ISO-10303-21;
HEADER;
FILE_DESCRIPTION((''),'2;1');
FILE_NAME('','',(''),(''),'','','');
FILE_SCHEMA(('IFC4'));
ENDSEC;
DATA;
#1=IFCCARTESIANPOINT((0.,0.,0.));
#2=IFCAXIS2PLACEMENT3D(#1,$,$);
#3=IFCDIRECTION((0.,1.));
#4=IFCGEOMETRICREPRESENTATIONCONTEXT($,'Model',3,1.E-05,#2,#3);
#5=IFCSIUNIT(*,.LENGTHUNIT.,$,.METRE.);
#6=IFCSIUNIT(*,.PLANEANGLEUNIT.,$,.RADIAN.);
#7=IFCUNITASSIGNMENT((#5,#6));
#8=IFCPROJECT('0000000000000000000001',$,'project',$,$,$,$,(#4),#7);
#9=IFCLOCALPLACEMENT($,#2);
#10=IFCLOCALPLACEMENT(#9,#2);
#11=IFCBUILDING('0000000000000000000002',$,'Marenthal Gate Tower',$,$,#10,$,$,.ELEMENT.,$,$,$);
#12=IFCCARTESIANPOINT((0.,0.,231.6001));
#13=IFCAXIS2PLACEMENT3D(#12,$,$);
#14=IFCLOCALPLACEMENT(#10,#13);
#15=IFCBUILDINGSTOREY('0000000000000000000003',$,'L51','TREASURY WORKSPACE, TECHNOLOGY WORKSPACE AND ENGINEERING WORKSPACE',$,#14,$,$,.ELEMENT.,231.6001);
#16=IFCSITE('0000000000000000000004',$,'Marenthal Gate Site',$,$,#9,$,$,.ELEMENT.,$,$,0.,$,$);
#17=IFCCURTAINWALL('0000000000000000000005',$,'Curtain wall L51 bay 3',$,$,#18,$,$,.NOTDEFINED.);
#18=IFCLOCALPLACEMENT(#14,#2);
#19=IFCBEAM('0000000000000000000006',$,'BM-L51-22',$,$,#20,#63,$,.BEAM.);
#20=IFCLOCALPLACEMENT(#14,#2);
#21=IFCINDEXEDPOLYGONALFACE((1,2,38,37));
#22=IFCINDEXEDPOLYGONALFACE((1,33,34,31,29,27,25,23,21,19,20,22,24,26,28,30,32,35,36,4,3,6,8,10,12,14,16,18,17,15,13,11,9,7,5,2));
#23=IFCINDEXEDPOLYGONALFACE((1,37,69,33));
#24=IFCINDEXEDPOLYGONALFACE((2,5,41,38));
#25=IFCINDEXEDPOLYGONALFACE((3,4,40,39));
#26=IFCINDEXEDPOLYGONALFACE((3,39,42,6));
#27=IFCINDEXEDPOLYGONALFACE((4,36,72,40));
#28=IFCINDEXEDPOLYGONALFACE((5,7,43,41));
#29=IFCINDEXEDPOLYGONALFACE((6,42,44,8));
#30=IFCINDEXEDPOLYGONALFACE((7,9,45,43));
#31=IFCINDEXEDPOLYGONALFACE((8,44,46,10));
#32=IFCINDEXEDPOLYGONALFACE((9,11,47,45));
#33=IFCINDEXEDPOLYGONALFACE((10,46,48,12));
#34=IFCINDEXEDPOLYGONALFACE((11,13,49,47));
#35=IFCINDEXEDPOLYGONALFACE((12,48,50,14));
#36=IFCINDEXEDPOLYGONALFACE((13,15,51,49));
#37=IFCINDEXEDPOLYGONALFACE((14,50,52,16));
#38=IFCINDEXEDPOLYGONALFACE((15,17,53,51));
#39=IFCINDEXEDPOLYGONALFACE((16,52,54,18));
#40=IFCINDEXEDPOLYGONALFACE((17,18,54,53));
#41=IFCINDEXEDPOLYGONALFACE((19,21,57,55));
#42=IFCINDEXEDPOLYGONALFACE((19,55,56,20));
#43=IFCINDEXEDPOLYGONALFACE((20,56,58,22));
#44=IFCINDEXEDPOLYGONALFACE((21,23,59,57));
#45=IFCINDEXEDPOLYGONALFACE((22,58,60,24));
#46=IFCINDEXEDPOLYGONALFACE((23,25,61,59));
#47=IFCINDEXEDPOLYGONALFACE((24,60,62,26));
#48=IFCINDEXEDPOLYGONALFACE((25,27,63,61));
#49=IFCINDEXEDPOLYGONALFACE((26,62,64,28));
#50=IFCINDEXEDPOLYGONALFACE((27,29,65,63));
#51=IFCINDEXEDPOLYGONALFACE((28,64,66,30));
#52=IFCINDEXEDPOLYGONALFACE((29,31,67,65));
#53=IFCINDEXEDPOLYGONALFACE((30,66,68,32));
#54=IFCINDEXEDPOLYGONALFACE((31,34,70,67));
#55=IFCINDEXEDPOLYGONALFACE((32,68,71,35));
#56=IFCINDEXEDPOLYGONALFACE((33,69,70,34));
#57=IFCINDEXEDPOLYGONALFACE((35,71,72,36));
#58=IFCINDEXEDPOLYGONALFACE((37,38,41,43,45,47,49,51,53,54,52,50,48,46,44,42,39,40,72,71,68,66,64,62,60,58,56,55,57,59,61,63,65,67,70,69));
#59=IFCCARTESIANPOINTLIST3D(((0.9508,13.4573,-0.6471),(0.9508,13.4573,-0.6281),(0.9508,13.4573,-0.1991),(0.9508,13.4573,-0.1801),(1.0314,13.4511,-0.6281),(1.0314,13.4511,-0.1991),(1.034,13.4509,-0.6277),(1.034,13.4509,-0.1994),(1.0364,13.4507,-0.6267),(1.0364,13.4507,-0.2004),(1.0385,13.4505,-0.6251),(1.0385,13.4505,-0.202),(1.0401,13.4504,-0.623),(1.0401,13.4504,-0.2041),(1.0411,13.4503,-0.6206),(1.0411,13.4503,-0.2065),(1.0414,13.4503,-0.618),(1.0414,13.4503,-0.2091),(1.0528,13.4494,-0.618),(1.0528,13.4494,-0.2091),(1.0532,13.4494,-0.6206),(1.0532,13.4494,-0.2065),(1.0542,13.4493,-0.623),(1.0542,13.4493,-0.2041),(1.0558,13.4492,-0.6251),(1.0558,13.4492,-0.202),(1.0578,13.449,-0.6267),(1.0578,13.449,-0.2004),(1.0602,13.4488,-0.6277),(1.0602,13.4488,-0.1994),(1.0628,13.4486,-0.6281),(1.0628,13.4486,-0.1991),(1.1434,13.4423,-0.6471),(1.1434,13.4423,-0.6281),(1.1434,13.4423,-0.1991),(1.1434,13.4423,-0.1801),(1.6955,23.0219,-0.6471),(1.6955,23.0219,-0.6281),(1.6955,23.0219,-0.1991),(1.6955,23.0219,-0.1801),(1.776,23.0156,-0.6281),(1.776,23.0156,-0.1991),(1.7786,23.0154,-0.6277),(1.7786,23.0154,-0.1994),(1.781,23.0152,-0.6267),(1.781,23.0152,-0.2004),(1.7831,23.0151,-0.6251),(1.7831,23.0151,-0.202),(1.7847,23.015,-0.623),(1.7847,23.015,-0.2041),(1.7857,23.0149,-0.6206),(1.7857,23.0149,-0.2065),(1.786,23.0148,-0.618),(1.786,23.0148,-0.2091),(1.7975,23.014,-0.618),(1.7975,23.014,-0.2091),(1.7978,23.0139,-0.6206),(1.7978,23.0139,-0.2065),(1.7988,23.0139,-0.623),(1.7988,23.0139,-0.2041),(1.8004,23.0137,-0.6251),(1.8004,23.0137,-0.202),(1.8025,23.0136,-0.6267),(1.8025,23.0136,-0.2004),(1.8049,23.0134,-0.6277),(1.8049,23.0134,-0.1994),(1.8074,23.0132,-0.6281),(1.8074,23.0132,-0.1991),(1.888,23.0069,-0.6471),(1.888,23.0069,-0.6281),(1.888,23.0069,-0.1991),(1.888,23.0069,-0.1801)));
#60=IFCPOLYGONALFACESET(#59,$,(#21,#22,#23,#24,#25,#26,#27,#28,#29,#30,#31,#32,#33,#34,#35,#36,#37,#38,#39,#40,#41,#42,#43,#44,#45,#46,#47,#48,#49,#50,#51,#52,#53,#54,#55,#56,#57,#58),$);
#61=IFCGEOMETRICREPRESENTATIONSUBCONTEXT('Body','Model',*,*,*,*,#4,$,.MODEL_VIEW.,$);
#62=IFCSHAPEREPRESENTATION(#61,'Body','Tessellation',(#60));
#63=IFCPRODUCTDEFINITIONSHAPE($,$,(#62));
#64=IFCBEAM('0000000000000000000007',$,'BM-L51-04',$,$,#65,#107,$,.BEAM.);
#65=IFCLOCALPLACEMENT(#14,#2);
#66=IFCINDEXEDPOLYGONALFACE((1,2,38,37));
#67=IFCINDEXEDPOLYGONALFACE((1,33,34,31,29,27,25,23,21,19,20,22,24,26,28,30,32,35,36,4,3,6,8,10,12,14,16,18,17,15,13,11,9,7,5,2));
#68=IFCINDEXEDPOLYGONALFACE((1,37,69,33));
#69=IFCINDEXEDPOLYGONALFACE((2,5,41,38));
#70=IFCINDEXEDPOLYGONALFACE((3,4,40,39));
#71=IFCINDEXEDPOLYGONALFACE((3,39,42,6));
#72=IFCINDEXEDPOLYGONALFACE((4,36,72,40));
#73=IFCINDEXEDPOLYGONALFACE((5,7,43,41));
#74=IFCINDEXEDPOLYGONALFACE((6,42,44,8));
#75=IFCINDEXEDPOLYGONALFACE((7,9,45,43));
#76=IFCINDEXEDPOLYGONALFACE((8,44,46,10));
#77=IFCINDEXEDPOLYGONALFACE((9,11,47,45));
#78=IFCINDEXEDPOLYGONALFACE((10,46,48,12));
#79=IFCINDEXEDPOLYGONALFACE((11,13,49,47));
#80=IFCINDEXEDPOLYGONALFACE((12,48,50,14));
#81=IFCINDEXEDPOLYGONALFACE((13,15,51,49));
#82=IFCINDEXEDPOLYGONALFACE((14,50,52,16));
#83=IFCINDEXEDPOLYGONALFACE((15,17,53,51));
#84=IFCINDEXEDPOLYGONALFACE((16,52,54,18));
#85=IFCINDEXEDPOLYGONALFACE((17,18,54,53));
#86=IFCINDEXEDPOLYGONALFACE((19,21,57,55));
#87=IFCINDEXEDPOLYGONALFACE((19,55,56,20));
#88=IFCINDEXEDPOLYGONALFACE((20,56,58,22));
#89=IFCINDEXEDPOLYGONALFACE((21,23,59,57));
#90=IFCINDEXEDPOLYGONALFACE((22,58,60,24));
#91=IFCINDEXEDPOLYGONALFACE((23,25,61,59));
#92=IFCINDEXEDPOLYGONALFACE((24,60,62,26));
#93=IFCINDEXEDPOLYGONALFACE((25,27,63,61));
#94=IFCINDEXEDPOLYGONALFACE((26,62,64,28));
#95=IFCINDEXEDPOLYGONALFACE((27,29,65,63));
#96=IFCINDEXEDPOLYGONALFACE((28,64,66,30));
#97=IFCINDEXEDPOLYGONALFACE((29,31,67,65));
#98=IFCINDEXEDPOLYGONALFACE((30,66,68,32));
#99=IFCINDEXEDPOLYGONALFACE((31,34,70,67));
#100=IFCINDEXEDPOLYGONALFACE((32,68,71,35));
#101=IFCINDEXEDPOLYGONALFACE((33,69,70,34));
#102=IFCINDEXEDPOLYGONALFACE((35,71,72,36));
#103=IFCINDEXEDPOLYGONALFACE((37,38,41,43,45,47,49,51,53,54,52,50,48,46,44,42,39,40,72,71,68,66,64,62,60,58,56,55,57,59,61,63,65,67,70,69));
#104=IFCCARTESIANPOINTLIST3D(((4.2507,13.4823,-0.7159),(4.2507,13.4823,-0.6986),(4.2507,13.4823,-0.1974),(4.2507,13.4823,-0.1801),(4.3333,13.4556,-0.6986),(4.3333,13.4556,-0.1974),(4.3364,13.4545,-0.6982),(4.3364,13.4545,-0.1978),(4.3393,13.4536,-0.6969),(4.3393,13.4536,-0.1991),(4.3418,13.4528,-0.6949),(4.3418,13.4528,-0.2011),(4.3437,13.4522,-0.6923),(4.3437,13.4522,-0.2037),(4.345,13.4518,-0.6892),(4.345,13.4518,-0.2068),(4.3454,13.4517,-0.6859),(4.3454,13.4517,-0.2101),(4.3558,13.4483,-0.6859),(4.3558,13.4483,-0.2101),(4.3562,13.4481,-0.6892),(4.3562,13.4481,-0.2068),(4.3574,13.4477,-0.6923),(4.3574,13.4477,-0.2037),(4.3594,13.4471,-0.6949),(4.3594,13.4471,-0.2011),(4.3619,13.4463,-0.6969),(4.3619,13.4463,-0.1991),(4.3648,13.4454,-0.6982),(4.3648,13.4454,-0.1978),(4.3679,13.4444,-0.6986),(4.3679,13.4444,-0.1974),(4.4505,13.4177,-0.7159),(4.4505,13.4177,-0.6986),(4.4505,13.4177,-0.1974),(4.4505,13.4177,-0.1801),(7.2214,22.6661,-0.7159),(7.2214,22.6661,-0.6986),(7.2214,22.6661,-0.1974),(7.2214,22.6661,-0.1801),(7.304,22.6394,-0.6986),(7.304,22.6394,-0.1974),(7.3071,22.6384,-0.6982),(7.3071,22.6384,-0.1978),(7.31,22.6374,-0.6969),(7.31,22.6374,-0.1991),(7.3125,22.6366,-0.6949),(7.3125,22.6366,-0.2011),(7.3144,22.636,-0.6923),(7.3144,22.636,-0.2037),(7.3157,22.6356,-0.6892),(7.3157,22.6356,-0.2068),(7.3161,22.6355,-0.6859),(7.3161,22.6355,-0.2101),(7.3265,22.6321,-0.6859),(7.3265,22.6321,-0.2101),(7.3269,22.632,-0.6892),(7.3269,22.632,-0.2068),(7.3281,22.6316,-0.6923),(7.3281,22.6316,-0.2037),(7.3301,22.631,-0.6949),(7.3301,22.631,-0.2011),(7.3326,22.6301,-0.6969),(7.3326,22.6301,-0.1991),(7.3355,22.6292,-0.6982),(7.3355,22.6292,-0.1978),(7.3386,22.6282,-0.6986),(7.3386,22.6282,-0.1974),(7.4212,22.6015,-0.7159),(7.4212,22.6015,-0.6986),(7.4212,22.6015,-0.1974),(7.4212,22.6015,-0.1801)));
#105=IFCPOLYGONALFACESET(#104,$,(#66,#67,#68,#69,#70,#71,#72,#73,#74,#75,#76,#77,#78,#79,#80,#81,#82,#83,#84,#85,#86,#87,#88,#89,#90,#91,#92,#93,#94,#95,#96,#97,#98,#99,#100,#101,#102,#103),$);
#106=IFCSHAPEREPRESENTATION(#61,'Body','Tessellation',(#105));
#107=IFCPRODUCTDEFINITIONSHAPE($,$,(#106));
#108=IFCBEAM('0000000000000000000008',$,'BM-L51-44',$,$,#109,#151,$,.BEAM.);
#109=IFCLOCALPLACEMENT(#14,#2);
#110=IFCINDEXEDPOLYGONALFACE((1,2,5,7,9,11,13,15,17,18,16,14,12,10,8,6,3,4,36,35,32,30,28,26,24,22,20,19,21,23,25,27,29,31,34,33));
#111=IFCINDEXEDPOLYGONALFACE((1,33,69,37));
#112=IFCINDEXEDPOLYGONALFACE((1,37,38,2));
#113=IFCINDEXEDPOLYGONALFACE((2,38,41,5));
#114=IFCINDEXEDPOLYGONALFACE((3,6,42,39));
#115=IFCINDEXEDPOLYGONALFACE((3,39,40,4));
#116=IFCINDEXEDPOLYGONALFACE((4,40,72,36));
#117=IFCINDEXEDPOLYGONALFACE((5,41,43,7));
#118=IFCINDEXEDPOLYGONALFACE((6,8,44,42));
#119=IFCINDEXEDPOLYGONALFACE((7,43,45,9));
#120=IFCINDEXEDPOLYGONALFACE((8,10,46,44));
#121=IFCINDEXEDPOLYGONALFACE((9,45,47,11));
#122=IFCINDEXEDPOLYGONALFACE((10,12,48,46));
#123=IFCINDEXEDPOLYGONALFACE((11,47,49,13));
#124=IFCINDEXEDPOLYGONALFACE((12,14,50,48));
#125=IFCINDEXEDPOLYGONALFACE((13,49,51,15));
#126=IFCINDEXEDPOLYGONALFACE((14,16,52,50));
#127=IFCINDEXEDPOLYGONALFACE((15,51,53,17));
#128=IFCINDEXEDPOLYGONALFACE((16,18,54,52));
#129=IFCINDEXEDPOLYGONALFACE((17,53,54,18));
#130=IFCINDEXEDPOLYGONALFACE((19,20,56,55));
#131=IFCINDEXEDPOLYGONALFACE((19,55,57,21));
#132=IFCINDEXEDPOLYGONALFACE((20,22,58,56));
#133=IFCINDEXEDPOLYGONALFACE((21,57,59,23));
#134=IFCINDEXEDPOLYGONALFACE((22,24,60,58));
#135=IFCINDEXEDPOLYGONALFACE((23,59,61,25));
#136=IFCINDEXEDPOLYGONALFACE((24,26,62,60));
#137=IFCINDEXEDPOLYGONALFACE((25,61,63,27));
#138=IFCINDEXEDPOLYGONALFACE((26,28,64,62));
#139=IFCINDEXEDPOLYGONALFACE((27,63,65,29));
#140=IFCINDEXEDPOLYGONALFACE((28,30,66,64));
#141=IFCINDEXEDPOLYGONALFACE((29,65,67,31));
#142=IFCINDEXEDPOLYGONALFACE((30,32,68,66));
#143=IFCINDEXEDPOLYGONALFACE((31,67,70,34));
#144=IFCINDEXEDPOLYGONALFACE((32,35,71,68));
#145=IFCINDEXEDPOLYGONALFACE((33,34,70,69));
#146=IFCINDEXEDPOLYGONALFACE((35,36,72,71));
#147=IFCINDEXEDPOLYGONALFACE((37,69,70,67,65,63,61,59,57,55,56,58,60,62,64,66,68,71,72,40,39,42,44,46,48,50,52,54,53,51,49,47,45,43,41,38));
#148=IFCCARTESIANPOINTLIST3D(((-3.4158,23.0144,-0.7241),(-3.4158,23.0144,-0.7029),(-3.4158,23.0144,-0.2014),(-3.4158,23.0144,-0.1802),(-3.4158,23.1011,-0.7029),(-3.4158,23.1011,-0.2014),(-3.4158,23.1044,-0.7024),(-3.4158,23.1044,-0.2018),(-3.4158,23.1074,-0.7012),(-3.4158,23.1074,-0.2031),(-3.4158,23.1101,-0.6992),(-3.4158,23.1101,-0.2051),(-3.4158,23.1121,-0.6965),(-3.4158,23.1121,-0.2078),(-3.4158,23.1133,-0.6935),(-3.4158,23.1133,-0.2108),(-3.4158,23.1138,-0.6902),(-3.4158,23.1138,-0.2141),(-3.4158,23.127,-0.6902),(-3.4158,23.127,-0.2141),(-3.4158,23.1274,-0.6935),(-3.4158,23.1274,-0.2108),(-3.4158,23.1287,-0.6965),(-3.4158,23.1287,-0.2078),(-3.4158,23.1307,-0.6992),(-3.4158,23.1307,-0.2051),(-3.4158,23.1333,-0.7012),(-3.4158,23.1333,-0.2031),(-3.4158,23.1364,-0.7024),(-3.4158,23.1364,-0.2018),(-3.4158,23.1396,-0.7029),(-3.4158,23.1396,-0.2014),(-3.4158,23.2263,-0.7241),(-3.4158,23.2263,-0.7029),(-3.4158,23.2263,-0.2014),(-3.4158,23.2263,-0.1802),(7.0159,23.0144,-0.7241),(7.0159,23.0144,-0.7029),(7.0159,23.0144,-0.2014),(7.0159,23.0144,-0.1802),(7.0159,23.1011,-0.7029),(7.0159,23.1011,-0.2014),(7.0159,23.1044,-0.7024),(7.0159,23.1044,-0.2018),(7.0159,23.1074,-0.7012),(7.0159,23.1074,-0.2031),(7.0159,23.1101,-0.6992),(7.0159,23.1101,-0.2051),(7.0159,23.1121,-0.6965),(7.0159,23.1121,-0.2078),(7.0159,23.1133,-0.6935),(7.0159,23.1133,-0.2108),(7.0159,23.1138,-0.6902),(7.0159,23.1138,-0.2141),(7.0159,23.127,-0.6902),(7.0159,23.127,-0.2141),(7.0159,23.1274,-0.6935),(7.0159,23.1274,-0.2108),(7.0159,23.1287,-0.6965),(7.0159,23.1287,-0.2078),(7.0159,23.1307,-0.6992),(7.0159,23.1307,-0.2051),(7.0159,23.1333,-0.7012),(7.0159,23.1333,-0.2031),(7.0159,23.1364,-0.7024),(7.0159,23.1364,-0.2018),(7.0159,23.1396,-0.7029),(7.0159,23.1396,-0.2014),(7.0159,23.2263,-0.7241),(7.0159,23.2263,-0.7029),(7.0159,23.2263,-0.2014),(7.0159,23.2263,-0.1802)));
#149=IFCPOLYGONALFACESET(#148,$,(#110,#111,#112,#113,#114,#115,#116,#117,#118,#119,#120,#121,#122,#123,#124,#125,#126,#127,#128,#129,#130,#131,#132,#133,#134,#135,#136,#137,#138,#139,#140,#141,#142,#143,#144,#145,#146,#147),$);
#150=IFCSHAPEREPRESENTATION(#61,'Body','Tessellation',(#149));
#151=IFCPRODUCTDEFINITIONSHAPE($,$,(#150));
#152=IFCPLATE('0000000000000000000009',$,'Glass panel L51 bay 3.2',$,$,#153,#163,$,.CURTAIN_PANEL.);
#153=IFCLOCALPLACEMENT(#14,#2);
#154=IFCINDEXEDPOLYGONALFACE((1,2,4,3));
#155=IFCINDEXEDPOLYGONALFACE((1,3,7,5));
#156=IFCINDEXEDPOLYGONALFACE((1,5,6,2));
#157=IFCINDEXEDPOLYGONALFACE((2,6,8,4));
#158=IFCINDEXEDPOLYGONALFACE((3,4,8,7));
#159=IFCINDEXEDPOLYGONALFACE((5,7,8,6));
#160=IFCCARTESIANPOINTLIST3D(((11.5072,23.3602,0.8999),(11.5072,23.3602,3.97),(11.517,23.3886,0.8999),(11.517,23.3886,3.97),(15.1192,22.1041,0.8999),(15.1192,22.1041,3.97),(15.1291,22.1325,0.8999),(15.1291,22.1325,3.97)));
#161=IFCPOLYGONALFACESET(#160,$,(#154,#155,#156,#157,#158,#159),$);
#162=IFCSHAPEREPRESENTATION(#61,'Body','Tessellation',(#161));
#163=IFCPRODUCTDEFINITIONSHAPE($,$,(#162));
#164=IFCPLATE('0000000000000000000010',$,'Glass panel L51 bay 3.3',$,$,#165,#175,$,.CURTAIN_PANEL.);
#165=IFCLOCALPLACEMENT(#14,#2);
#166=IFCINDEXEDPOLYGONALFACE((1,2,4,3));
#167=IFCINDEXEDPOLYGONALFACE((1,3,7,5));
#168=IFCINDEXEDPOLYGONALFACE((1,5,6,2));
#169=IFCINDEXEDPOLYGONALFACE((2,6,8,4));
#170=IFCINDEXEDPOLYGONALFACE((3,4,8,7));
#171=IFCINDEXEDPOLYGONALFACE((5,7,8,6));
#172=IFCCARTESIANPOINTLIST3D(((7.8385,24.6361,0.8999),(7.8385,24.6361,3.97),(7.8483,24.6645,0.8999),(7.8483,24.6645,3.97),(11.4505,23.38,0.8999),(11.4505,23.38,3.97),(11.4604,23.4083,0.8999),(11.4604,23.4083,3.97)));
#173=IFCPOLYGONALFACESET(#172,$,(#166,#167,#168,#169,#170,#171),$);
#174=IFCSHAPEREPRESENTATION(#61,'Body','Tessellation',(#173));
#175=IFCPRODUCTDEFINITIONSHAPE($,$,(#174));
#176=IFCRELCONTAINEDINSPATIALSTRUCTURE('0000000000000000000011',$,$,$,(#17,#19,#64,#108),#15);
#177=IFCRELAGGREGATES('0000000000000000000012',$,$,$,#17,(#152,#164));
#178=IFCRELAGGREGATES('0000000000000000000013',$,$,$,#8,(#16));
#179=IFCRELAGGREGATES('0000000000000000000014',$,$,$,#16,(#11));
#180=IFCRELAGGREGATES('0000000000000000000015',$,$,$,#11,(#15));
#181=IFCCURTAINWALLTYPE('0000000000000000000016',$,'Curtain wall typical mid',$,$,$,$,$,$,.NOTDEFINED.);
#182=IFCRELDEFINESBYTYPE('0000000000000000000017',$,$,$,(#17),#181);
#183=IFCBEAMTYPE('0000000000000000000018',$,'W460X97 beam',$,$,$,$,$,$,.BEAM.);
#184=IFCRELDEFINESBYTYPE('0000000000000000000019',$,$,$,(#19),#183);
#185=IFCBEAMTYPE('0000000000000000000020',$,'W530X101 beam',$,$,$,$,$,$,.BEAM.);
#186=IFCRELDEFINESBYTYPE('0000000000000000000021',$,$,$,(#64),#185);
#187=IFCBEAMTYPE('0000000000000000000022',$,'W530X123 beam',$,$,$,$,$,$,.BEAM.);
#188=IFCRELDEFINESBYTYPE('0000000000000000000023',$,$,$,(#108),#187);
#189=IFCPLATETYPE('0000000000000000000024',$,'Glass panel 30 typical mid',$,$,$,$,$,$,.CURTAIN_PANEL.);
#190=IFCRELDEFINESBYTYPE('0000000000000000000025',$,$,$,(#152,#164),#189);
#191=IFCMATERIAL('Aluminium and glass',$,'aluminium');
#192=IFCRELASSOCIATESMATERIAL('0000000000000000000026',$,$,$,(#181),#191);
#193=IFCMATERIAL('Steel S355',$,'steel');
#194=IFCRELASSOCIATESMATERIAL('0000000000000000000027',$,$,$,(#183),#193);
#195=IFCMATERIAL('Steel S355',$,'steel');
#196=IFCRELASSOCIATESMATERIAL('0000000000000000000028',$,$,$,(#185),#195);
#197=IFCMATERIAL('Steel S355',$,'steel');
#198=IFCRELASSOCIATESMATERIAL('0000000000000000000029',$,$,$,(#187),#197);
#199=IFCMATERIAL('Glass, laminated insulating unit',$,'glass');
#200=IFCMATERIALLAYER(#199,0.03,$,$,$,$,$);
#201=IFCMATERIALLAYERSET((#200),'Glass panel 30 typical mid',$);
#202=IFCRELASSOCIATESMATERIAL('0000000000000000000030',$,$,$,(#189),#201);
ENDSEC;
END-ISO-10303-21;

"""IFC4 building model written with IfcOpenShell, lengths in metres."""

from ifc_helpers import new_model, si_unit, direction, frame, origin, origin_2d, place, context, subcontext, project, spatial, rectangle, i_section, extrude, material, layer, layer_set, material_profile, profile_set, type_object, element, aggregate, save


model = new_model("IFC4")

# Units and contexts
model_context = context("Model", 3, precision=1e-05, world=origin(), true_north=direction((0.0, 1.0)))
body_context = subcontext(model_context, "Body", "Model", "MODEL_VIEW")
ifc_project = project(units=[si_unit("LENGTHUNIT", "METRE"), si_unit("PLANEANGLEUNIT", "RADIAN")], contexts=[model_context])

# Site, building, storey
site_placement = place(None, origin())
site = spatial("IfcSite", under=ifc_project, at=site_placement, Name="Marenthal Gate Site", CompositionType="ELEMENT", RefElevation=0.0)
building_placement = place(site_placement, origin())
building = spatial("IfcBuilding", under=site, at=building_placement, Name="Marenthal Gate Tower", CompositionType="ELEMENT")
storey_placement = place(building_placement, frame((0.0, 0.0, 231.6001)))
storey = spatial("IfcBuildingStorey", under=building, at=storey_placement, Name="L51", Description="TREASURY WORKSPACE, TECHNOLOGY WORKSPACE AND ENGINEERING WORKSPACE", CompositionType="ELEMENT", Elevation=231.6001)

# Curtain wall
ifc_material_1 = material(Name="Aluminium and glass", Category="aluminium")
curtain_wall_type = type_object("IfcCurtainWallType", Name="Curtain wall typical mid", PredefinedType="NOTDEFINED", material=ifc_material_1)
curtain_wall_placement = place(storey_placement, origin())
curtain_wall = element("IfcCurtainWall", 1, at=curtain_wall_placement, inside=storey, type_object=curtain_wall_type, Name="Curtain wall L51 bay 3", PredefinedType="NOTDEFINED")

# Beams
ifc_material_2 = material(Name="Steel S355", Category="steel")
ifc_material_profile_1 = material_profile(ifc_material_2, i_section(OverallWidth=0.1931, OverallDepth=0.467, WebThickness=0.0115, FlangeThickness=0.019, FilletRadius=0.01, at=origin_2d()), Name="W460X97")
ifc_profile_set_1 = profile_set([ifc_material_profile_1], Name="Steel S355")
beam_type_1 = type_object("IfcBeamType", Name="W460X97 beam", PredefinedType="BEAM", material=ifc_profile_set_1)
beam_1_placement = place(storey_placement, frame((1.7917, 23.0144, -0.4136), z_axis=(-0.077619, -0.996983, 0.0), x_axis=(0.996983, -0.077619, 0.0)))
element("IfcBeam", 2, at=beam_1_placement, inside=storey, type_object=beam_type_1, Name="BM-L51-22", PredefinedType="BEAM", context=body_context, shape_type="SweptSolid", body=[
    extrude(i_section(OverallWidth=0.1931, OverallDepth=0.467, WebThickness=0.0115, FlangeThickness=0.019, FilletRadius=0.01, at=origin_2d()), origin(), (0.0, 0.0, 1.0), 9.5935),
])
ifc_material_3 = material(Name="Steel S355", Category="steel")
ifc_material_profile_2 = material_profile(ifc_material_3, i_section(OverallWidth=0.21, OverallDepth=0.5359, WebThickness=0.011, FlangeThickness=0.0173, FilletRadius=0.0127, at=origin_2d()), Name="W530X101")
ifc_profile_set_2 = profile_set([ifc_material_profile_2], Name="Steel S355")
beam_type_2 = type_object("IfcBeamType", Name="W530X101 beam", PredefinedType="BEAM", material=ifc_profile_set_2)
beam_2_placement = place(storey_placement, frame((7.3213, 22.6338, -0.448), z_axis=(-0.30777, -0.951461, 0.0), x_axis=(0.951461, -0.30777, 0.0)))
element("IfcBeam", 3, at=beam_2_placement, inside=storey, type_object=beam_type_2, Name="BM-L51-04", PredefinedType="BEAM", context=body_context, shape_type="SweptSolid", body=[
    extrude(i_section(OverallWidth=0.21, OverallDepth=0.5359, WebThickness=0.011, FlangeThickness=0.0173, FilletRadius=0.0127, at=origin_2d()), origin(), (0.0, 0.0, 1.0), 9.6523),
])
ifc_material_4 = material(Name="Steel S355", Category="steel")
ifc_material_profile_3 = material_profile(ifc_material_4, i_section(OverallWidth=0.2119, OverallDepth=0.5439, WebThickness=0.0132, FlangeThickness=0.0212, FilletRadius=0.0127, at=origin_2d()), Name="W530X123")
ifc_profile_set_3 = profile_set([ifc_material_profile_3], Name="Steel S355")
beam_type_3 = type_object("IfcBeamType", Name="W530X123 beam", PredefinedType="BEAM", material=ifc_profile_set_3)
beam_3_placement = place(storey_placement, frame((7.0159, 23.1204, -0.4521), z_axis=(-1.0, 0.0, 0.0), x_axis=(0.0, -1.0, 0.0)))
element("IfcBeam", 4, at=beam_3_placement, inside=storey, type_object=beam_type_3, Name="BM-L51-44", PredefinedType="BEAM", context=body_context, shape_type="SweptSolid", body=[
    extrude(i_section(OverallWidth=0.2119, OverallDepth=0.5439, WebThickness=0.0132, FlangeThickness=0.0212, FilletRadius=0.0127, at=origin_2d()), origin(), (0.0, 0.0, 1.0), 10.4316),
])

# Plates
ifc_material_5 = material(Name="Glass, laminated insulating unit", Category="glass")
ifc_layer_1 = layer(ifc_material_5, 0.03)
ifc_layer_set_1 = layer_set([ifc_layer_1], Name="Glass panel 30 typical mid")
plate_type = type_object("IfcPlateType", Name="Glass panel 30 typical mid", PredefinedType="CURTAIN_PANEL", material=ifc_layer_set_1)
plate_1_placement = place(storey_placement, frame((13.3181, 22.7463, 0.8999), z_axis=(0.0, 0.0, 1.0), x_axis=(-0.944515, 0.328468, 0.0)))
plate_1 = element("IfcPlate", 5, at=plate_1_placement, type_object=plate_type, Name="Glass panel L51 bay 3.2", PredefinedType="CURTAIN_PANEL", context=body_context, shape_type="SweptSolid", body=[
    extrude(rectangle(XDim=3.8242, YDim=0.03, at=origin_2d()), origin(), (0.0, 0.0, 1.0), 3.0701),
])
plate_2_placement = place(storey_placement, frame((9.6494, 24.0222, 0.8999), z_axis=(0.0, 0.0, 1.0), x_axis=(-0.944515, 0.328468, 0.0)))
plate_2 = element("IfcPlate", 6, at=plate_2_placement, type_object=plate_type, Name="Glass panel L51 bay 3.3", PredefinedType="CURTAIN_PANEL", context=body_context, shape_type="SweptSolid", body=[
    extrude(rectangle(XDim=3.8242, YDim=0.03, at=origin_2d()), origin(), (0.0, 0.0, 1.0), 3.0701),
])
aggregate(curtain_wall, [plate_1, plate_2])

save(model, "model.ifc")
